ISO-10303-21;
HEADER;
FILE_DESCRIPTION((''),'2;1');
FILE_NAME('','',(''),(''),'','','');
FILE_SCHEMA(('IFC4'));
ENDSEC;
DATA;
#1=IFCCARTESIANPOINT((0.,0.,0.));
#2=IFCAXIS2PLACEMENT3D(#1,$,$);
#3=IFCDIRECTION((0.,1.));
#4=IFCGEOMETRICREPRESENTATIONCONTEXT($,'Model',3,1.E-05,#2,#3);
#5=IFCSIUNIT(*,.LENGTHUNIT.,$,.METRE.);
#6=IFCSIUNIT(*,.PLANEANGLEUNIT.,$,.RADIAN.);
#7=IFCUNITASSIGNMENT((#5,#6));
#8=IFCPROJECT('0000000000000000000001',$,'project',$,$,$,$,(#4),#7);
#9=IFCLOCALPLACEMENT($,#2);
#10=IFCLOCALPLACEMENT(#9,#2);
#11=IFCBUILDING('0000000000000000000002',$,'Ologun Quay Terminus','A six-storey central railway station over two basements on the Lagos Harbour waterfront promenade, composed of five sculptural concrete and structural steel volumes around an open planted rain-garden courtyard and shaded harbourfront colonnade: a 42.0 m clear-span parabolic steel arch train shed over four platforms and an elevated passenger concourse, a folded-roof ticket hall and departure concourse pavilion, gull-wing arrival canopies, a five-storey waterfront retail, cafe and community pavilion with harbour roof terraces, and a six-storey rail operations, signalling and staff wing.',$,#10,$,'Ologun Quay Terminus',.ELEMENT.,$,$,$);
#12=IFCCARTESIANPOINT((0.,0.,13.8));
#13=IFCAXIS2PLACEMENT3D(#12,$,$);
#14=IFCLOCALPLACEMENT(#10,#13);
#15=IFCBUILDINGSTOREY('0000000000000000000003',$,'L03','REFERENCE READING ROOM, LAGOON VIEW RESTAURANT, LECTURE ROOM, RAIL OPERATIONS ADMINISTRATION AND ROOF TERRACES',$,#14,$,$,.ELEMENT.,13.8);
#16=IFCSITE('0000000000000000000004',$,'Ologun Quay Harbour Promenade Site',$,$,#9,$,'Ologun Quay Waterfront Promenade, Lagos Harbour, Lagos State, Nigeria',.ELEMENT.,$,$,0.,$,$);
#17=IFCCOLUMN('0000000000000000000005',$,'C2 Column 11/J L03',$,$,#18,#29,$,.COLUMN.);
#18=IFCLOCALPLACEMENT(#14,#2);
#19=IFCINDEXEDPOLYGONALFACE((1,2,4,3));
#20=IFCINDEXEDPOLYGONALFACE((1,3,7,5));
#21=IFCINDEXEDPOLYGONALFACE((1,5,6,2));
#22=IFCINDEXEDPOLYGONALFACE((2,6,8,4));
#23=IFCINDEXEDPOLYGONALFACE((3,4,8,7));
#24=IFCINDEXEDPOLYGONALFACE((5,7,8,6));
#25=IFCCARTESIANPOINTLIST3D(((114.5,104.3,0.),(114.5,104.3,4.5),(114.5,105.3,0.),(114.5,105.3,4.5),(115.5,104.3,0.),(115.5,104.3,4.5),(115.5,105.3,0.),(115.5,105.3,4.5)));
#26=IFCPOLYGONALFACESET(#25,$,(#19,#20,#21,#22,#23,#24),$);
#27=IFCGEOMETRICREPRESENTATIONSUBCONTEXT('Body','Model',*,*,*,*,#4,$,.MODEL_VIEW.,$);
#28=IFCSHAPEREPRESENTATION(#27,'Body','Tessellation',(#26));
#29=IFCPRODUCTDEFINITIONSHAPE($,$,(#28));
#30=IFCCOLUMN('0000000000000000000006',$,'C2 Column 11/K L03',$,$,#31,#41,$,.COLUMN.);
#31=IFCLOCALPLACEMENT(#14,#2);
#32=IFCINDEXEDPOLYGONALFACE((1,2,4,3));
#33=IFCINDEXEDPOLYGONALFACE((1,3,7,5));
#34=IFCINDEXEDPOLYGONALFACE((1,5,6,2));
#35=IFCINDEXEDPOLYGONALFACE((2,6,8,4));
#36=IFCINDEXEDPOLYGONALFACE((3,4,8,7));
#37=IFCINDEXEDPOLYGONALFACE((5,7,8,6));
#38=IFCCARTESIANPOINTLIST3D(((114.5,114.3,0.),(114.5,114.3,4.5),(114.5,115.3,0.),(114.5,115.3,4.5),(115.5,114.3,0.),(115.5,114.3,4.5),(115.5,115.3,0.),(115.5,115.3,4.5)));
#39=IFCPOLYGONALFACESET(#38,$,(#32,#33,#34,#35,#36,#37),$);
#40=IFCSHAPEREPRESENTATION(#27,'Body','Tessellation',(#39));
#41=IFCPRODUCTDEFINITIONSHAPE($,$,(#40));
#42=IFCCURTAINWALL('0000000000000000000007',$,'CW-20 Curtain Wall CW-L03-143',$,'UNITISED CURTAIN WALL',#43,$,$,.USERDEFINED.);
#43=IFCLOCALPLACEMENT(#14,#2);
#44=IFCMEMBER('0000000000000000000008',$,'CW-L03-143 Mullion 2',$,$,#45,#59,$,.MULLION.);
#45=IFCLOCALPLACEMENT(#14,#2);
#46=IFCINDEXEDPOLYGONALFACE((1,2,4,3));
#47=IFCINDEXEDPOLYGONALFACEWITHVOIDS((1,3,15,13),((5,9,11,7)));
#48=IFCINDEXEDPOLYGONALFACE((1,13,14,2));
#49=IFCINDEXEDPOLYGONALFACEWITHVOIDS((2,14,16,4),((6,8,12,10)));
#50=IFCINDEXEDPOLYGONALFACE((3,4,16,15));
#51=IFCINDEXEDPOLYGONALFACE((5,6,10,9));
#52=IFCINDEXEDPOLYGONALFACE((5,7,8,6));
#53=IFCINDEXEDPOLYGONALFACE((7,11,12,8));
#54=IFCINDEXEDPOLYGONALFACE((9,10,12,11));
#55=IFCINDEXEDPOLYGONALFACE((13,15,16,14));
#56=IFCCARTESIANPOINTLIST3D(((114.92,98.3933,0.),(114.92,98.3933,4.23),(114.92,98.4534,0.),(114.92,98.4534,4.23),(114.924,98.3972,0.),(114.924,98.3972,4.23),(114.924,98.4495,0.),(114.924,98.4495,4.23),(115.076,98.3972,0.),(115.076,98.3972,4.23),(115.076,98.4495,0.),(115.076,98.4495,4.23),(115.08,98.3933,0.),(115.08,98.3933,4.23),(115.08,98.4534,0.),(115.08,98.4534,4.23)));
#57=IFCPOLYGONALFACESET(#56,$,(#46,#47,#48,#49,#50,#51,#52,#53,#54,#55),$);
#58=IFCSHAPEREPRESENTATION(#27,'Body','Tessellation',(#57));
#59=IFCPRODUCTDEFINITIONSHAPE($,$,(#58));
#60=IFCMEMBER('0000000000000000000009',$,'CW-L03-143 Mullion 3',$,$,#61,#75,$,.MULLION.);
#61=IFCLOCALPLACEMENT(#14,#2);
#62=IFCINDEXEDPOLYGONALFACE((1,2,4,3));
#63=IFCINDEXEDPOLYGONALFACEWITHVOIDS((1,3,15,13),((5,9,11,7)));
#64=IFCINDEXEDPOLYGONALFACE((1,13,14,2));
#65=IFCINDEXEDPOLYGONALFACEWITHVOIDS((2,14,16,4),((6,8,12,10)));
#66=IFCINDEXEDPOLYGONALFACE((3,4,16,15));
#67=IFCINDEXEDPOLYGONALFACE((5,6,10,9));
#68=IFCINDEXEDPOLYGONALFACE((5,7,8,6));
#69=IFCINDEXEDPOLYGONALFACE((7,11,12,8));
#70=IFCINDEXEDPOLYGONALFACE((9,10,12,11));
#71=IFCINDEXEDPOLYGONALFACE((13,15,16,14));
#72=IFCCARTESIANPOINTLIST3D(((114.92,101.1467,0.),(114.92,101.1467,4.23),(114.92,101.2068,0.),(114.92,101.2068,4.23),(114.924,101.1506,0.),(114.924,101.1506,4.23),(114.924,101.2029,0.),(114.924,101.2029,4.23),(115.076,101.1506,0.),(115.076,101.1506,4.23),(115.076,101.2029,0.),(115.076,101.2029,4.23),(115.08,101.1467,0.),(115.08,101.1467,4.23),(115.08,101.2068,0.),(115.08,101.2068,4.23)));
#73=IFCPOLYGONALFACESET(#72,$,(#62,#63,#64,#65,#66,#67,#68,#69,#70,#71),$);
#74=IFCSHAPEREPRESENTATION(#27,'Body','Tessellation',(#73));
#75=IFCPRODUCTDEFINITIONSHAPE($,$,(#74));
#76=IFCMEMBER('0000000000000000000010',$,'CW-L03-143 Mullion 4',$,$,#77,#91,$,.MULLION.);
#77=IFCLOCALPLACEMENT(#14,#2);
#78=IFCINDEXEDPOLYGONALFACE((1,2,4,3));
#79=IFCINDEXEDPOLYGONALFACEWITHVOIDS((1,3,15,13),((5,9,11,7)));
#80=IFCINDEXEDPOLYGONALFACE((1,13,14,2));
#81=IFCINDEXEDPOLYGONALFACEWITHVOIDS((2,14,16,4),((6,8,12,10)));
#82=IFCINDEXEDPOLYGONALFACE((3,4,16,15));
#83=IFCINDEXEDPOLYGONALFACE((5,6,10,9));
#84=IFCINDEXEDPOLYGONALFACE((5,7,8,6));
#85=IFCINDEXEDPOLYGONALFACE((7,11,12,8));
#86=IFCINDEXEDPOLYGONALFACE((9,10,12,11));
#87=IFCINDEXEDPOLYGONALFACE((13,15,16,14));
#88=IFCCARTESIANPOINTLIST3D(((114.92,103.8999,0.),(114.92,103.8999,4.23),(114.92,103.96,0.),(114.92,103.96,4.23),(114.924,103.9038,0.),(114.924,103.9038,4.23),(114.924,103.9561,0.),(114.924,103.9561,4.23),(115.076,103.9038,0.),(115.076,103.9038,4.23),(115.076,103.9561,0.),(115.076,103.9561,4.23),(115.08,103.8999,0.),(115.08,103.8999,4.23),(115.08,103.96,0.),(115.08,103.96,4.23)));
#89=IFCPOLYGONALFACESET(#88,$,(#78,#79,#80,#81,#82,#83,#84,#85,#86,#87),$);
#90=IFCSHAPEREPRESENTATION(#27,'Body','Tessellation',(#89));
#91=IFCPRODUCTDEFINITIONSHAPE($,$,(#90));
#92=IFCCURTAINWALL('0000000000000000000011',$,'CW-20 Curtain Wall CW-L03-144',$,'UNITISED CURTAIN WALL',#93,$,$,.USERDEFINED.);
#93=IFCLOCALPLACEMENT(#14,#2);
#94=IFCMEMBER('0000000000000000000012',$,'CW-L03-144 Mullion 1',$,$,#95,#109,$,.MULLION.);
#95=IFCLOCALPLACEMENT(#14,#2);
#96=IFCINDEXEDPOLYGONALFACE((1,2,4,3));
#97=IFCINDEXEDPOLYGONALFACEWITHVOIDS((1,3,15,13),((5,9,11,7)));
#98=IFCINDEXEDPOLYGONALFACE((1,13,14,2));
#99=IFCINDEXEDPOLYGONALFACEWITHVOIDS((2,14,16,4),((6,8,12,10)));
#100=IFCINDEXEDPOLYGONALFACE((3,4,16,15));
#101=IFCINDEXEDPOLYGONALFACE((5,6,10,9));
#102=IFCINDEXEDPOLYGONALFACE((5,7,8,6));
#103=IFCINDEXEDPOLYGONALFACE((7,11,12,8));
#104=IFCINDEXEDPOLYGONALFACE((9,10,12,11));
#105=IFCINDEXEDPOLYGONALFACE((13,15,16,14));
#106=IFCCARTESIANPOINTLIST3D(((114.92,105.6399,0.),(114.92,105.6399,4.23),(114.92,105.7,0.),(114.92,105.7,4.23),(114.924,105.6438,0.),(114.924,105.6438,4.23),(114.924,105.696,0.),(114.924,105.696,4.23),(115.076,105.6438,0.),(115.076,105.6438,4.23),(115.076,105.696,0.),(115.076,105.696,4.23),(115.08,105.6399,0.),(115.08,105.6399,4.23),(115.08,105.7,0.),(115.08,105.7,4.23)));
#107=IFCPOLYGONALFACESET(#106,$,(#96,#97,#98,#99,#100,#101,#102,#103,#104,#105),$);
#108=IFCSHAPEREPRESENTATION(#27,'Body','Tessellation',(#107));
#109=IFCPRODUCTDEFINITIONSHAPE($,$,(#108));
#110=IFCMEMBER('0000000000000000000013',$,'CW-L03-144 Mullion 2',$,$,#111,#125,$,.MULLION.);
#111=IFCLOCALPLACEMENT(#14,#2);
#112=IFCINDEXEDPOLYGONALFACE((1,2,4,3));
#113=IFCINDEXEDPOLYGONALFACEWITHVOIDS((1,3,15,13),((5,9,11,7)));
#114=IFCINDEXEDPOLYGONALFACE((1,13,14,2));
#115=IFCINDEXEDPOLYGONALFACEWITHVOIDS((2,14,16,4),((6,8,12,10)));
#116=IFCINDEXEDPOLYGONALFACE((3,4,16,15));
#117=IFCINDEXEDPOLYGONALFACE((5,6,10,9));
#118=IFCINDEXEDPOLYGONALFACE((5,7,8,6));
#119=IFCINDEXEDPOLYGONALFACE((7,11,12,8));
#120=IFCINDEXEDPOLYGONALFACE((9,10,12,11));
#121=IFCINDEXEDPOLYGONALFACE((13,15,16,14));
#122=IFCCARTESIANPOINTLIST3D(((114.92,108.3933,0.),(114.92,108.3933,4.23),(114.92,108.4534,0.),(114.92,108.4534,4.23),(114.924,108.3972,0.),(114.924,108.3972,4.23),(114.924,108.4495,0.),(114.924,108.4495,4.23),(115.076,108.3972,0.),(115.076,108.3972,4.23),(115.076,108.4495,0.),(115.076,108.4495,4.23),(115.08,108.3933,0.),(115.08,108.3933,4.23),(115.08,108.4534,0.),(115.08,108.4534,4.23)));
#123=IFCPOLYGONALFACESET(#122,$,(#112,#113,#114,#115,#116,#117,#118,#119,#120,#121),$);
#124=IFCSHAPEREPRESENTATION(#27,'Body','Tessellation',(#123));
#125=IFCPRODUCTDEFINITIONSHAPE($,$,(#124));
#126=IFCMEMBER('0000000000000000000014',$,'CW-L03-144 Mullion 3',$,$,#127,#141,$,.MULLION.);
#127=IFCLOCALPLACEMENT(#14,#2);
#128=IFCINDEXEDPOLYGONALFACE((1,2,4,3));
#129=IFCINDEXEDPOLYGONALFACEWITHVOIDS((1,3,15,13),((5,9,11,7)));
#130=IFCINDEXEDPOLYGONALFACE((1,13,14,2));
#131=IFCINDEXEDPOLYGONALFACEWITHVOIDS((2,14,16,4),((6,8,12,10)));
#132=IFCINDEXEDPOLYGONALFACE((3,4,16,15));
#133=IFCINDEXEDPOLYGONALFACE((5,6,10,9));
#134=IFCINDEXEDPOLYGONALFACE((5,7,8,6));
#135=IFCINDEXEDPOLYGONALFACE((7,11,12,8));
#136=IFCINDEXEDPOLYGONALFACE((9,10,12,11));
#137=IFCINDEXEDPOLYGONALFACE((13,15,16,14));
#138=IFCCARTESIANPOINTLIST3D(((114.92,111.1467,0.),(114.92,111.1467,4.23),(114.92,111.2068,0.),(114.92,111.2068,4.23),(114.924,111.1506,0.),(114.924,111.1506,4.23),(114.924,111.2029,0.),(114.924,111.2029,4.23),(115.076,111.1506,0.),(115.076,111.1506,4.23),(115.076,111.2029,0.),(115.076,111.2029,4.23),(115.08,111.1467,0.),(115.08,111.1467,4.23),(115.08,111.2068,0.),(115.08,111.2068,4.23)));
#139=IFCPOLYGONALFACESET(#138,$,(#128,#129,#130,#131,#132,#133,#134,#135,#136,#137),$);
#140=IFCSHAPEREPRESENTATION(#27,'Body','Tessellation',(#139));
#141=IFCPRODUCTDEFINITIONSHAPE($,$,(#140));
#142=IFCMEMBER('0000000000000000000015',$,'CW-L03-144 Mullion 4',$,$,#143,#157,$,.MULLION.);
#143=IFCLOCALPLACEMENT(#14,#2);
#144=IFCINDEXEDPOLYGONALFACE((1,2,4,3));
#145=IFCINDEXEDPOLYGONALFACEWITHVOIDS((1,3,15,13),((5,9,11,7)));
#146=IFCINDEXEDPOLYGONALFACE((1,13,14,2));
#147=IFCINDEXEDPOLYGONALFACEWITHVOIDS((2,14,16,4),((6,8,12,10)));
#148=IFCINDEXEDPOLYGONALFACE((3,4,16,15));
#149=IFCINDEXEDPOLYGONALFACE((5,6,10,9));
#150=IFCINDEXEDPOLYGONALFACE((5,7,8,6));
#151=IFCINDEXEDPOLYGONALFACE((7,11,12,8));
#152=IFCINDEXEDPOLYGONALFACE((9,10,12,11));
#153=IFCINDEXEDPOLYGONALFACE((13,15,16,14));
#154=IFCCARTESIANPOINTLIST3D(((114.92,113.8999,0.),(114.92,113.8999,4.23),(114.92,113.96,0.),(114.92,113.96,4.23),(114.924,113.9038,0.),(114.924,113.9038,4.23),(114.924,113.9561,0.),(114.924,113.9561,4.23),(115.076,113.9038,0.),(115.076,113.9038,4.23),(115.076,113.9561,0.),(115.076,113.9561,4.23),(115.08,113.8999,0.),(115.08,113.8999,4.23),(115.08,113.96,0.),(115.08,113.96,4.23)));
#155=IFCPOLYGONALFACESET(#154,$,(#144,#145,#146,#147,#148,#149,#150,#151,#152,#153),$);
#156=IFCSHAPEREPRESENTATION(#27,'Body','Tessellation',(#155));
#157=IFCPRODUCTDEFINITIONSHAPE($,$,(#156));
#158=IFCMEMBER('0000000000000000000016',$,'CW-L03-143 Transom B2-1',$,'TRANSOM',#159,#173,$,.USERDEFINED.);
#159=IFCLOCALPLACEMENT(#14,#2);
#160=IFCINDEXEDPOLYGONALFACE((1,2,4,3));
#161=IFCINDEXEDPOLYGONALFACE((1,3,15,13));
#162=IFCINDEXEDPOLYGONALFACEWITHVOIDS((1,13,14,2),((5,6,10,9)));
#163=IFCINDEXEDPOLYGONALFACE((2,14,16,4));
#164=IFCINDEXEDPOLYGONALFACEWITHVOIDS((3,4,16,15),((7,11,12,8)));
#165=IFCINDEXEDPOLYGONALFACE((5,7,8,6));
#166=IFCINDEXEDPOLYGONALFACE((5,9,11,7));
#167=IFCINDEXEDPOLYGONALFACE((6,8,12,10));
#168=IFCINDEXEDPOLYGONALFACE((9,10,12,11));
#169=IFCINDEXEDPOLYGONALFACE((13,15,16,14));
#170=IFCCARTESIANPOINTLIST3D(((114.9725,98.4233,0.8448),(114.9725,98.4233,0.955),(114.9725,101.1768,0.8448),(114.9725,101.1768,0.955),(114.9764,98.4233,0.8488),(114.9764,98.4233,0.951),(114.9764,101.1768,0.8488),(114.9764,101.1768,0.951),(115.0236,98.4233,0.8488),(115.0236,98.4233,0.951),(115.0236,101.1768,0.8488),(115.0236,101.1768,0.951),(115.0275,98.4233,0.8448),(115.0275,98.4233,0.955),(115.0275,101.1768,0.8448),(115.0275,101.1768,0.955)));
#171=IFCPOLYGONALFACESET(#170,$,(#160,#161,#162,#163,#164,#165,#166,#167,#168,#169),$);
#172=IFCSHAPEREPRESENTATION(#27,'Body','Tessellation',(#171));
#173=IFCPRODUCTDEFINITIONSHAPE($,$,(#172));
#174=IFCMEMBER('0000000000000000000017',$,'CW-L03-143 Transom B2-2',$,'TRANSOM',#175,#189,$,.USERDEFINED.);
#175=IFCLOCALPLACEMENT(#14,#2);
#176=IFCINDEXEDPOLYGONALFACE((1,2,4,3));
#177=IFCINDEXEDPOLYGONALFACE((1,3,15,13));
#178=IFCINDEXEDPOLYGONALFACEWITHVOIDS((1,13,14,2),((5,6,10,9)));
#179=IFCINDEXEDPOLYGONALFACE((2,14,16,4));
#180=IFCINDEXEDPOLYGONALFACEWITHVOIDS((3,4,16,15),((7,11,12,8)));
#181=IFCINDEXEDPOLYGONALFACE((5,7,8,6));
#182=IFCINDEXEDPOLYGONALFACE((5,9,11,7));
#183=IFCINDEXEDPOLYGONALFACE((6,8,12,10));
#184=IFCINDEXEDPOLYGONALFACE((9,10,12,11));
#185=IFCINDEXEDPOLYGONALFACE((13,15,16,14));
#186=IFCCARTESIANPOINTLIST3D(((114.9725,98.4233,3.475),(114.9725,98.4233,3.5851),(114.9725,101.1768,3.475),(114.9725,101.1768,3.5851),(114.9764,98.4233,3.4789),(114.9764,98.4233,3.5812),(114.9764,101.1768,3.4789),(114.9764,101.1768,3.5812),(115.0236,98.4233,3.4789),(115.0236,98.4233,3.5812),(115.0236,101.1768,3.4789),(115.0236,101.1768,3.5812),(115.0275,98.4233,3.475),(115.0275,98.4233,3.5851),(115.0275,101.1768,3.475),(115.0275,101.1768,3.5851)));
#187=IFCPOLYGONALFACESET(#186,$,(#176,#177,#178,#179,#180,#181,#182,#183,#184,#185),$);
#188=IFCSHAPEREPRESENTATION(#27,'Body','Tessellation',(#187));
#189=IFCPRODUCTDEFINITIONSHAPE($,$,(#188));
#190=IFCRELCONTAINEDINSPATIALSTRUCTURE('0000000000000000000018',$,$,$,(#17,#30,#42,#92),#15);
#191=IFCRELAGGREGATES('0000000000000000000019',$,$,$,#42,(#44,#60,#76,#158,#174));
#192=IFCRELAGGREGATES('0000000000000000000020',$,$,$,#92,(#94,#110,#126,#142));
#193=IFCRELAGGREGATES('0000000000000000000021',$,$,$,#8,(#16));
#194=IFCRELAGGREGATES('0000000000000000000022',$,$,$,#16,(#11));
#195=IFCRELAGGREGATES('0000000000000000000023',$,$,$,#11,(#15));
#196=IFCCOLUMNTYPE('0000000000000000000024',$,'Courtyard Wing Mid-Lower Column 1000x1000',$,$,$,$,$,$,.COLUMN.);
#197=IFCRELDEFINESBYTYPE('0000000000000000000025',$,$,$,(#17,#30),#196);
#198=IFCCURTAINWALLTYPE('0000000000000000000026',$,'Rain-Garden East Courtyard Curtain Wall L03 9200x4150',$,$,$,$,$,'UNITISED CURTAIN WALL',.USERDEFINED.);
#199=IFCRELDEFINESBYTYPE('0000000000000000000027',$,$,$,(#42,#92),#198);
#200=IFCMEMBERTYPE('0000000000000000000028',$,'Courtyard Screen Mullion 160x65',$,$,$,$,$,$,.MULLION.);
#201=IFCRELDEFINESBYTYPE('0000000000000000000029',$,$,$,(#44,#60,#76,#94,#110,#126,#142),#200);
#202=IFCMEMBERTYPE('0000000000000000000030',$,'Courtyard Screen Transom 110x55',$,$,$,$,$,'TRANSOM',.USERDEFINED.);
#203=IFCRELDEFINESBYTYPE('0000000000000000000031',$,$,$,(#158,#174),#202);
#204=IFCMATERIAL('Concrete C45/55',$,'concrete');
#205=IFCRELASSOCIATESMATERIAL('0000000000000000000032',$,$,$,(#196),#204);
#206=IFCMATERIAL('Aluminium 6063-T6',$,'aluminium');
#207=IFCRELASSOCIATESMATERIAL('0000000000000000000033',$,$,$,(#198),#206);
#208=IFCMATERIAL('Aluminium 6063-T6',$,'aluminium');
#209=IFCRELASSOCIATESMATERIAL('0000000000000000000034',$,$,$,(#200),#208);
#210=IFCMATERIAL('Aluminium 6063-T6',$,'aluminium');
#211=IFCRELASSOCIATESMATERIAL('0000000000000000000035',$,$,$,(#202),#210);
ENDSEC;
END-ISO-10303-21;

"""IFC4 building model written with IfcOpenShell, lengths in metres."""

from ifc_helpers import new_model, si_unit, direction, frame, origin, origin_2d, place, context, subcontext, project, spatial, rectangle, hollow_rectangle, extrude, material, material_profile, profile_set, type_object, element, aggregate, save


model = new_model("IFC4")

# Units and contexts
model_context = context("Model", 3, precision=1e-05, world=origin(), true_north=direction((0.0, 1.0)))
body_context = subcontext(model_context, "Body", "Model", "MODEL_VIEW")
ifc_project = project(units=[si_unit("LENGTHUNIT", "METRE"), si_unit("PLANEANGLEUNIT", "RADIAN")], contexts=[model_context])

# Site, building, storey
site_placement = place(None, origin())
site = spatial("IfcSite", under=ifc_project, at=site_placement, Name="Ologun Quay Harbour Promenade Site", LongName="Ologun Quay Waterfront Promenade, Lagos Harbour, Lagos State, Nigeria", CompositionType="ELEMENT", RefElevation=0.0)
building_placement = place(site_placement, origin())
building = spatial("IfcBuilding", under=site, at=building_placement, Name="Ologun Quay Terminus", Description="A six-storey central railway station over two basements on the Lagos Harbour waterfront promenade, composed of five sculptural concrete and structural steel volumes around an open planted rain-garden courtyard and shaded harbourfront colonnade: a 42.0 m clear-span parabolic steel arch train shed over four platforms and an elevated passenger concourse, a folded-roof ticket hall and departure concourse pavilion, gull-wing arrival canopies, a five-storey waterfront retail, cafe and community pavilion with harbour roof terraces, and a six-storey rail operations, signalling and staff wing.", LongName="Ologun Quay Terminus", CompositionType="ELEMENT")
storey_placement = place(building_placement, frame((0.0, 0.0, 13.8)))
storey = spatial("IfcBuildingStorey", under=building, at=storey_placement, Name="L03", Description="REFERENCE READING ROOM, LAGOON VIEW RESTAURANT, LECTURE ROOM, RAIL OPERATIONS ADMINISTRATION AND ROOF TERRACES", CompositionType="ELEMENT", Elevation=13.8)

# Columns
ifc_material_1 = material(Name="Concrete C45/55", Category="concrete")
ifc_material_profile_1 = material_profile(ifc_material_1, rectangle(XDim=1.0, YDim=1.0, at=origin_2d()), Name="RC 1000x1000")
ifc_profile_set_1 = profile_set([ifc_material_profile_1], Name="Concrete C45/55")
column_type = type_object("IfcColumnType", Name="Courtyard Wing Mid-Lower Column 1000x1000", PredefinedType="COLUMN", material=ifc_profile_set_1)
for number, where, z_axis, x_axis, name in (
    (1, (115.0, 104.8, 0.0), (0.0, 0.0, 1.0), (1.0, 0.0, 0.0), "C2 Column 11/J L03"),
    (2, (115.0, 114.8, 0.0), (0.0, 0.0, 1.0), (1.0, 0.0, 0.0), "C2 Column 11/K L03"),
):
    element("IfcColumn", number, at=place(storey_placement, frame(where, z_axis=z_axis, x_axis=x_axis)), inside=storey, type_object=column_type, Name=name, PredefinedType="COLUMN", context=body_context, shape_type="SweptSolid", body=[
        extrude(rectangle(XDim=1.0, YDim=1.0, at=origin_2d()), origin(), (0.0, 0.0, 1.0), 4.5),
    ])

# Curtain walls, members
ifc_material_2 = material(Name="Aluminium 6063-T6", Category="aluminium")
curtain_wall_type = type_object("IfcCurtainWallType", Name="Rain-Garden East Courtyard Curtain Wall L03 9200x4150", ElementType="UNITISED CURTAIN WALL", PredefinedType="USERDEFINED", material=ifc_material_2)
curtain_wall_1_placement = place(storey_placement, origin())
curtain_wall_1 = element("IfcCurtainWall", 3, at=curtain_wall_1_placement, inside=storey, type_object=curtain_wall_type, Name="CW-20 Curtain Wall CW-L03-143", ObjectType="UNITISED CURTAIN WALL", PredefinedType="USERDEFINED")
ifc_material_3 = material(Name="Aluminium 6063-T6", Category="aluminium")
ifc_material_profile_2 = material_profile(ifc_material_3, hollow_rectangle(XDim=0.0601, YDim=0.1599, WallThickness=0.0039, at=origin_2d()), Name="ALU 160x60x4")
ifc_profile_set_2 = profile_set([ifc_material_profile_2], Name="Aluminium 6063-T6")
member_type_1 = type_object("IfcMemberType", Name="Courtyard Screen Mullion 160x65", PredefinedType="MULLION", material=ifc_profile_set_2)
member_1_placement = place(storey_placement, frame((115.0, 98.4233, 0.0), z_axis=(0.0, 0.0, 1.0), x_axis=(0.0, 1.0, 0.0)))
member_1 = element("IfcMember", 4, at=member_1_placement, type_object=member_type_1, Name="CW-L03-143 Mullion 2", PredefinedType="MULLION", context=body_context, shape_type="SweptSolid", body=[
    extrude(hollow_rectangle(XDim=0.0601, YDim=0.1599, WallThickness=0.0039, at=origin_2d()), origin(), (0.0, 0.0, 1.0), 4.23),
])
member_2_placement = place(storey_placement, frame((115.0, 101.1768, 0.0), z_axis=(0.0, 0.0, 1.0), x_axis=(0.0, 1.0, 0.0)))
member_2 = element("IfcMember", 5, at=member_2_placement, type_object=member_type_1, Name="CW-L03-143 Mullion 3", PredefinedType="MULLION", context=body_context, shape_type="SweptSolid", body=[
    extrude(hollow_rectangle(XDim=0.0601, YDim=0.1599, WallThickness=0.0039, at=origin_2d()), origin(), (0.0, 0.0, 1.0), 4.23),
])
member_3_placement = place(storey_placement, frame((115.0, 103.9299, 0.0), z_axis=(0.0, 0.0, 1.0), x_axis=(0.0, 1.0, 0.0)))
member_3 = element("IfcMember", 6, at=member_3_placement, type_object=member_type_1, Name="CW-L03-143 Mullion 4", PredefinedType="MULLION", context=body_context, shape_type="SweptSolid", body=[
    extrude(hollow_rectangle(XDim=0.0601, YDim=0.1599, WallThickness=0.0039, at=origin_2d()), origin(), (0.0, 0.0, 1.0), 4.23),
])
curtain_wall_2_placement = place(storey_placement, origin())
curtain_wall_2 = element("IfcCurtainWall", 7, at=curtain_wall_2_placement, inside=storey, type_object=curtain_wall_type, Name="CW-20 Curtain Wall CW-L03-144", ObjectType="UNITISED CURTAIN WALL", PredefinedType="USERDEFINED")
member_4_placement = place(storey_placement, frame((115.0, 105.6699, 0.0), z_axis=(0.0, 0.0, 1.0), x_axis=(0.0, 1.0, 0.0)))
member_4 = element("IfcMember", 8, at=member_4_placement, type_object=member_type_1, Name="CW-L03-144 Mullion 1", PredefinedType="MULLION", context=body_context, shape_type="SweptSolid", body=[
    extrude(hollow_rectangle(XDim=0.0601, YDim=0.1599, WallThickness=0.0039, at=origin_2d()), origin(), (0.0, 0.0, 1.0), 4.23),
])
member_5_placement = place(storey_placement, frame((115.0, 108.4233, 0.0), z_axis=(0.0, 0.0, 1.0), x_axis=(0.0, 1.0, 0.0)))
member_5 = element("IfcMember", 9, at=member_5_placement, type_object=member_type_1, Name="CW-L03-144 Mullion 2", PredefinedType="MULLION", context=body_context, shape_type="SweptSolid", body=[
    extrude(hollow_rectangle(XDim=0.0601, YDim=0.1599, WallThickness=0.0039, at=origin_2d()), origin(), (0.0, 0.0, 1.0), 4.23),
])
member_6_placement = place(storey_placement, frame((115.0, 111.1768, 0.0), z_axis=(0.0, 0.0, 1.0), x_axis=(0.0, 1.0, 0.0)))
member_6 = element("IfcMember", 10, at=member_6_placement, type_object=member_type_1, Name="CW-L03-144 Mullion 3", PredefinedType="MULLION", context=body_context, shape_type="SweptSolid", body=[
    extrude(hollow_rectangle(XDim=0.0601, YDim=0.1599, WallThickness=0.0039, at=origin_2d()), origin(), (0.0, 0.0, 1.0), 4.23),
])
member_7_placement = place(storey_placement, frame((115.0, 113.9299, 0.0), z_axis=(0.0, 0.0, 1.0), x_axis=(0.0, 1.0, 0.0)))
member_7 = element("IfcMember", 11, at=member_7_placement, type_object=member_type_1, Name="CW-L03-144 Mullion 4", PredefinedType="MULLION", context=body_context, shape_type="SweptSolid", body=[
    extrude(hollow_rectangle(XDim=0.0601, YDim=0.1599, WallThickness=0.0039, at=origin_2d()), origin(), (0.0, 0.0, 1.0), 4.23),
])

# Members
ifc_material_4 = material(Name="Aluminium 6063-T6", Category="aluminium")
ifc_material_profile_3 = material_profile(ifc_material_4, hollow_rectangle(XDim=0.0549, YDim=0.1101, WallThickness=0.0039, at=origin_2d()), Name="ALU 110x55x4")
ifc_profile_set_3 = profile_set([ifc_material_profile_3], Name="Aluminium 6063-T6")
member_type_2 = type_object("IfcMemberType", Name="Courtyard Screen Transom 110x55", ElementType="TRANSOM", PredefinedType="USERDEFINED", material=ifc_profile_set_3)
member_8_placement = place(storey_placement, frame((115.0, 98.4233, 0.8999), z_axis=(0.0, 1.0, 0.0), x_axis=(-1.0, 0.0, 0.0)))
member_8 = element("IfcMember", 12, at=member_8_placement, type_object=member_type_2, Name="CW-L03-143 Transom B2-1", ObjectType="TRANSOM", PredefinedType="USERDEFINED", context=body_context, shape_type="SweptSolid", body=[
    extrude(hollow_rectangle(XDim=0.0549, YDim=0.1101, WallThickness=0.0039, at=origin_2d()), origin(), (0.0, 0.0, 1.0), 2.7534),
])
member_9_placement = place(storey_placement, frame((115.0, 98.4233, 3.53), z_axis=(0.0, 1.0, 0.0), x_axis=(-1.0, 0.0, 0.0)))
member_9 = element("IfcMember", 13, at=member_9_placement, type_object=member_type_2, Name="CW-L03-143 Transom B2-2", ObjectType="TRANSOM", PredefinedType="USERDEFINED", context=body_context, shape_type="SweptSolid", body=[
    extrude(hollow_rectangle(XDim=0.0549, YDim=0.1101, WallThickness=0.0039, at=origin_2d()), origin(), (0.0, 0.0, 1.0), 2.7534),
])

aggregate(curtain_wall_1, [member_1, member_2, member_3, member_8, member_9])
aggregate(curtain_wall_2, [member_4, member_5, member_6, member_7])

save(model, "model.ifc")
